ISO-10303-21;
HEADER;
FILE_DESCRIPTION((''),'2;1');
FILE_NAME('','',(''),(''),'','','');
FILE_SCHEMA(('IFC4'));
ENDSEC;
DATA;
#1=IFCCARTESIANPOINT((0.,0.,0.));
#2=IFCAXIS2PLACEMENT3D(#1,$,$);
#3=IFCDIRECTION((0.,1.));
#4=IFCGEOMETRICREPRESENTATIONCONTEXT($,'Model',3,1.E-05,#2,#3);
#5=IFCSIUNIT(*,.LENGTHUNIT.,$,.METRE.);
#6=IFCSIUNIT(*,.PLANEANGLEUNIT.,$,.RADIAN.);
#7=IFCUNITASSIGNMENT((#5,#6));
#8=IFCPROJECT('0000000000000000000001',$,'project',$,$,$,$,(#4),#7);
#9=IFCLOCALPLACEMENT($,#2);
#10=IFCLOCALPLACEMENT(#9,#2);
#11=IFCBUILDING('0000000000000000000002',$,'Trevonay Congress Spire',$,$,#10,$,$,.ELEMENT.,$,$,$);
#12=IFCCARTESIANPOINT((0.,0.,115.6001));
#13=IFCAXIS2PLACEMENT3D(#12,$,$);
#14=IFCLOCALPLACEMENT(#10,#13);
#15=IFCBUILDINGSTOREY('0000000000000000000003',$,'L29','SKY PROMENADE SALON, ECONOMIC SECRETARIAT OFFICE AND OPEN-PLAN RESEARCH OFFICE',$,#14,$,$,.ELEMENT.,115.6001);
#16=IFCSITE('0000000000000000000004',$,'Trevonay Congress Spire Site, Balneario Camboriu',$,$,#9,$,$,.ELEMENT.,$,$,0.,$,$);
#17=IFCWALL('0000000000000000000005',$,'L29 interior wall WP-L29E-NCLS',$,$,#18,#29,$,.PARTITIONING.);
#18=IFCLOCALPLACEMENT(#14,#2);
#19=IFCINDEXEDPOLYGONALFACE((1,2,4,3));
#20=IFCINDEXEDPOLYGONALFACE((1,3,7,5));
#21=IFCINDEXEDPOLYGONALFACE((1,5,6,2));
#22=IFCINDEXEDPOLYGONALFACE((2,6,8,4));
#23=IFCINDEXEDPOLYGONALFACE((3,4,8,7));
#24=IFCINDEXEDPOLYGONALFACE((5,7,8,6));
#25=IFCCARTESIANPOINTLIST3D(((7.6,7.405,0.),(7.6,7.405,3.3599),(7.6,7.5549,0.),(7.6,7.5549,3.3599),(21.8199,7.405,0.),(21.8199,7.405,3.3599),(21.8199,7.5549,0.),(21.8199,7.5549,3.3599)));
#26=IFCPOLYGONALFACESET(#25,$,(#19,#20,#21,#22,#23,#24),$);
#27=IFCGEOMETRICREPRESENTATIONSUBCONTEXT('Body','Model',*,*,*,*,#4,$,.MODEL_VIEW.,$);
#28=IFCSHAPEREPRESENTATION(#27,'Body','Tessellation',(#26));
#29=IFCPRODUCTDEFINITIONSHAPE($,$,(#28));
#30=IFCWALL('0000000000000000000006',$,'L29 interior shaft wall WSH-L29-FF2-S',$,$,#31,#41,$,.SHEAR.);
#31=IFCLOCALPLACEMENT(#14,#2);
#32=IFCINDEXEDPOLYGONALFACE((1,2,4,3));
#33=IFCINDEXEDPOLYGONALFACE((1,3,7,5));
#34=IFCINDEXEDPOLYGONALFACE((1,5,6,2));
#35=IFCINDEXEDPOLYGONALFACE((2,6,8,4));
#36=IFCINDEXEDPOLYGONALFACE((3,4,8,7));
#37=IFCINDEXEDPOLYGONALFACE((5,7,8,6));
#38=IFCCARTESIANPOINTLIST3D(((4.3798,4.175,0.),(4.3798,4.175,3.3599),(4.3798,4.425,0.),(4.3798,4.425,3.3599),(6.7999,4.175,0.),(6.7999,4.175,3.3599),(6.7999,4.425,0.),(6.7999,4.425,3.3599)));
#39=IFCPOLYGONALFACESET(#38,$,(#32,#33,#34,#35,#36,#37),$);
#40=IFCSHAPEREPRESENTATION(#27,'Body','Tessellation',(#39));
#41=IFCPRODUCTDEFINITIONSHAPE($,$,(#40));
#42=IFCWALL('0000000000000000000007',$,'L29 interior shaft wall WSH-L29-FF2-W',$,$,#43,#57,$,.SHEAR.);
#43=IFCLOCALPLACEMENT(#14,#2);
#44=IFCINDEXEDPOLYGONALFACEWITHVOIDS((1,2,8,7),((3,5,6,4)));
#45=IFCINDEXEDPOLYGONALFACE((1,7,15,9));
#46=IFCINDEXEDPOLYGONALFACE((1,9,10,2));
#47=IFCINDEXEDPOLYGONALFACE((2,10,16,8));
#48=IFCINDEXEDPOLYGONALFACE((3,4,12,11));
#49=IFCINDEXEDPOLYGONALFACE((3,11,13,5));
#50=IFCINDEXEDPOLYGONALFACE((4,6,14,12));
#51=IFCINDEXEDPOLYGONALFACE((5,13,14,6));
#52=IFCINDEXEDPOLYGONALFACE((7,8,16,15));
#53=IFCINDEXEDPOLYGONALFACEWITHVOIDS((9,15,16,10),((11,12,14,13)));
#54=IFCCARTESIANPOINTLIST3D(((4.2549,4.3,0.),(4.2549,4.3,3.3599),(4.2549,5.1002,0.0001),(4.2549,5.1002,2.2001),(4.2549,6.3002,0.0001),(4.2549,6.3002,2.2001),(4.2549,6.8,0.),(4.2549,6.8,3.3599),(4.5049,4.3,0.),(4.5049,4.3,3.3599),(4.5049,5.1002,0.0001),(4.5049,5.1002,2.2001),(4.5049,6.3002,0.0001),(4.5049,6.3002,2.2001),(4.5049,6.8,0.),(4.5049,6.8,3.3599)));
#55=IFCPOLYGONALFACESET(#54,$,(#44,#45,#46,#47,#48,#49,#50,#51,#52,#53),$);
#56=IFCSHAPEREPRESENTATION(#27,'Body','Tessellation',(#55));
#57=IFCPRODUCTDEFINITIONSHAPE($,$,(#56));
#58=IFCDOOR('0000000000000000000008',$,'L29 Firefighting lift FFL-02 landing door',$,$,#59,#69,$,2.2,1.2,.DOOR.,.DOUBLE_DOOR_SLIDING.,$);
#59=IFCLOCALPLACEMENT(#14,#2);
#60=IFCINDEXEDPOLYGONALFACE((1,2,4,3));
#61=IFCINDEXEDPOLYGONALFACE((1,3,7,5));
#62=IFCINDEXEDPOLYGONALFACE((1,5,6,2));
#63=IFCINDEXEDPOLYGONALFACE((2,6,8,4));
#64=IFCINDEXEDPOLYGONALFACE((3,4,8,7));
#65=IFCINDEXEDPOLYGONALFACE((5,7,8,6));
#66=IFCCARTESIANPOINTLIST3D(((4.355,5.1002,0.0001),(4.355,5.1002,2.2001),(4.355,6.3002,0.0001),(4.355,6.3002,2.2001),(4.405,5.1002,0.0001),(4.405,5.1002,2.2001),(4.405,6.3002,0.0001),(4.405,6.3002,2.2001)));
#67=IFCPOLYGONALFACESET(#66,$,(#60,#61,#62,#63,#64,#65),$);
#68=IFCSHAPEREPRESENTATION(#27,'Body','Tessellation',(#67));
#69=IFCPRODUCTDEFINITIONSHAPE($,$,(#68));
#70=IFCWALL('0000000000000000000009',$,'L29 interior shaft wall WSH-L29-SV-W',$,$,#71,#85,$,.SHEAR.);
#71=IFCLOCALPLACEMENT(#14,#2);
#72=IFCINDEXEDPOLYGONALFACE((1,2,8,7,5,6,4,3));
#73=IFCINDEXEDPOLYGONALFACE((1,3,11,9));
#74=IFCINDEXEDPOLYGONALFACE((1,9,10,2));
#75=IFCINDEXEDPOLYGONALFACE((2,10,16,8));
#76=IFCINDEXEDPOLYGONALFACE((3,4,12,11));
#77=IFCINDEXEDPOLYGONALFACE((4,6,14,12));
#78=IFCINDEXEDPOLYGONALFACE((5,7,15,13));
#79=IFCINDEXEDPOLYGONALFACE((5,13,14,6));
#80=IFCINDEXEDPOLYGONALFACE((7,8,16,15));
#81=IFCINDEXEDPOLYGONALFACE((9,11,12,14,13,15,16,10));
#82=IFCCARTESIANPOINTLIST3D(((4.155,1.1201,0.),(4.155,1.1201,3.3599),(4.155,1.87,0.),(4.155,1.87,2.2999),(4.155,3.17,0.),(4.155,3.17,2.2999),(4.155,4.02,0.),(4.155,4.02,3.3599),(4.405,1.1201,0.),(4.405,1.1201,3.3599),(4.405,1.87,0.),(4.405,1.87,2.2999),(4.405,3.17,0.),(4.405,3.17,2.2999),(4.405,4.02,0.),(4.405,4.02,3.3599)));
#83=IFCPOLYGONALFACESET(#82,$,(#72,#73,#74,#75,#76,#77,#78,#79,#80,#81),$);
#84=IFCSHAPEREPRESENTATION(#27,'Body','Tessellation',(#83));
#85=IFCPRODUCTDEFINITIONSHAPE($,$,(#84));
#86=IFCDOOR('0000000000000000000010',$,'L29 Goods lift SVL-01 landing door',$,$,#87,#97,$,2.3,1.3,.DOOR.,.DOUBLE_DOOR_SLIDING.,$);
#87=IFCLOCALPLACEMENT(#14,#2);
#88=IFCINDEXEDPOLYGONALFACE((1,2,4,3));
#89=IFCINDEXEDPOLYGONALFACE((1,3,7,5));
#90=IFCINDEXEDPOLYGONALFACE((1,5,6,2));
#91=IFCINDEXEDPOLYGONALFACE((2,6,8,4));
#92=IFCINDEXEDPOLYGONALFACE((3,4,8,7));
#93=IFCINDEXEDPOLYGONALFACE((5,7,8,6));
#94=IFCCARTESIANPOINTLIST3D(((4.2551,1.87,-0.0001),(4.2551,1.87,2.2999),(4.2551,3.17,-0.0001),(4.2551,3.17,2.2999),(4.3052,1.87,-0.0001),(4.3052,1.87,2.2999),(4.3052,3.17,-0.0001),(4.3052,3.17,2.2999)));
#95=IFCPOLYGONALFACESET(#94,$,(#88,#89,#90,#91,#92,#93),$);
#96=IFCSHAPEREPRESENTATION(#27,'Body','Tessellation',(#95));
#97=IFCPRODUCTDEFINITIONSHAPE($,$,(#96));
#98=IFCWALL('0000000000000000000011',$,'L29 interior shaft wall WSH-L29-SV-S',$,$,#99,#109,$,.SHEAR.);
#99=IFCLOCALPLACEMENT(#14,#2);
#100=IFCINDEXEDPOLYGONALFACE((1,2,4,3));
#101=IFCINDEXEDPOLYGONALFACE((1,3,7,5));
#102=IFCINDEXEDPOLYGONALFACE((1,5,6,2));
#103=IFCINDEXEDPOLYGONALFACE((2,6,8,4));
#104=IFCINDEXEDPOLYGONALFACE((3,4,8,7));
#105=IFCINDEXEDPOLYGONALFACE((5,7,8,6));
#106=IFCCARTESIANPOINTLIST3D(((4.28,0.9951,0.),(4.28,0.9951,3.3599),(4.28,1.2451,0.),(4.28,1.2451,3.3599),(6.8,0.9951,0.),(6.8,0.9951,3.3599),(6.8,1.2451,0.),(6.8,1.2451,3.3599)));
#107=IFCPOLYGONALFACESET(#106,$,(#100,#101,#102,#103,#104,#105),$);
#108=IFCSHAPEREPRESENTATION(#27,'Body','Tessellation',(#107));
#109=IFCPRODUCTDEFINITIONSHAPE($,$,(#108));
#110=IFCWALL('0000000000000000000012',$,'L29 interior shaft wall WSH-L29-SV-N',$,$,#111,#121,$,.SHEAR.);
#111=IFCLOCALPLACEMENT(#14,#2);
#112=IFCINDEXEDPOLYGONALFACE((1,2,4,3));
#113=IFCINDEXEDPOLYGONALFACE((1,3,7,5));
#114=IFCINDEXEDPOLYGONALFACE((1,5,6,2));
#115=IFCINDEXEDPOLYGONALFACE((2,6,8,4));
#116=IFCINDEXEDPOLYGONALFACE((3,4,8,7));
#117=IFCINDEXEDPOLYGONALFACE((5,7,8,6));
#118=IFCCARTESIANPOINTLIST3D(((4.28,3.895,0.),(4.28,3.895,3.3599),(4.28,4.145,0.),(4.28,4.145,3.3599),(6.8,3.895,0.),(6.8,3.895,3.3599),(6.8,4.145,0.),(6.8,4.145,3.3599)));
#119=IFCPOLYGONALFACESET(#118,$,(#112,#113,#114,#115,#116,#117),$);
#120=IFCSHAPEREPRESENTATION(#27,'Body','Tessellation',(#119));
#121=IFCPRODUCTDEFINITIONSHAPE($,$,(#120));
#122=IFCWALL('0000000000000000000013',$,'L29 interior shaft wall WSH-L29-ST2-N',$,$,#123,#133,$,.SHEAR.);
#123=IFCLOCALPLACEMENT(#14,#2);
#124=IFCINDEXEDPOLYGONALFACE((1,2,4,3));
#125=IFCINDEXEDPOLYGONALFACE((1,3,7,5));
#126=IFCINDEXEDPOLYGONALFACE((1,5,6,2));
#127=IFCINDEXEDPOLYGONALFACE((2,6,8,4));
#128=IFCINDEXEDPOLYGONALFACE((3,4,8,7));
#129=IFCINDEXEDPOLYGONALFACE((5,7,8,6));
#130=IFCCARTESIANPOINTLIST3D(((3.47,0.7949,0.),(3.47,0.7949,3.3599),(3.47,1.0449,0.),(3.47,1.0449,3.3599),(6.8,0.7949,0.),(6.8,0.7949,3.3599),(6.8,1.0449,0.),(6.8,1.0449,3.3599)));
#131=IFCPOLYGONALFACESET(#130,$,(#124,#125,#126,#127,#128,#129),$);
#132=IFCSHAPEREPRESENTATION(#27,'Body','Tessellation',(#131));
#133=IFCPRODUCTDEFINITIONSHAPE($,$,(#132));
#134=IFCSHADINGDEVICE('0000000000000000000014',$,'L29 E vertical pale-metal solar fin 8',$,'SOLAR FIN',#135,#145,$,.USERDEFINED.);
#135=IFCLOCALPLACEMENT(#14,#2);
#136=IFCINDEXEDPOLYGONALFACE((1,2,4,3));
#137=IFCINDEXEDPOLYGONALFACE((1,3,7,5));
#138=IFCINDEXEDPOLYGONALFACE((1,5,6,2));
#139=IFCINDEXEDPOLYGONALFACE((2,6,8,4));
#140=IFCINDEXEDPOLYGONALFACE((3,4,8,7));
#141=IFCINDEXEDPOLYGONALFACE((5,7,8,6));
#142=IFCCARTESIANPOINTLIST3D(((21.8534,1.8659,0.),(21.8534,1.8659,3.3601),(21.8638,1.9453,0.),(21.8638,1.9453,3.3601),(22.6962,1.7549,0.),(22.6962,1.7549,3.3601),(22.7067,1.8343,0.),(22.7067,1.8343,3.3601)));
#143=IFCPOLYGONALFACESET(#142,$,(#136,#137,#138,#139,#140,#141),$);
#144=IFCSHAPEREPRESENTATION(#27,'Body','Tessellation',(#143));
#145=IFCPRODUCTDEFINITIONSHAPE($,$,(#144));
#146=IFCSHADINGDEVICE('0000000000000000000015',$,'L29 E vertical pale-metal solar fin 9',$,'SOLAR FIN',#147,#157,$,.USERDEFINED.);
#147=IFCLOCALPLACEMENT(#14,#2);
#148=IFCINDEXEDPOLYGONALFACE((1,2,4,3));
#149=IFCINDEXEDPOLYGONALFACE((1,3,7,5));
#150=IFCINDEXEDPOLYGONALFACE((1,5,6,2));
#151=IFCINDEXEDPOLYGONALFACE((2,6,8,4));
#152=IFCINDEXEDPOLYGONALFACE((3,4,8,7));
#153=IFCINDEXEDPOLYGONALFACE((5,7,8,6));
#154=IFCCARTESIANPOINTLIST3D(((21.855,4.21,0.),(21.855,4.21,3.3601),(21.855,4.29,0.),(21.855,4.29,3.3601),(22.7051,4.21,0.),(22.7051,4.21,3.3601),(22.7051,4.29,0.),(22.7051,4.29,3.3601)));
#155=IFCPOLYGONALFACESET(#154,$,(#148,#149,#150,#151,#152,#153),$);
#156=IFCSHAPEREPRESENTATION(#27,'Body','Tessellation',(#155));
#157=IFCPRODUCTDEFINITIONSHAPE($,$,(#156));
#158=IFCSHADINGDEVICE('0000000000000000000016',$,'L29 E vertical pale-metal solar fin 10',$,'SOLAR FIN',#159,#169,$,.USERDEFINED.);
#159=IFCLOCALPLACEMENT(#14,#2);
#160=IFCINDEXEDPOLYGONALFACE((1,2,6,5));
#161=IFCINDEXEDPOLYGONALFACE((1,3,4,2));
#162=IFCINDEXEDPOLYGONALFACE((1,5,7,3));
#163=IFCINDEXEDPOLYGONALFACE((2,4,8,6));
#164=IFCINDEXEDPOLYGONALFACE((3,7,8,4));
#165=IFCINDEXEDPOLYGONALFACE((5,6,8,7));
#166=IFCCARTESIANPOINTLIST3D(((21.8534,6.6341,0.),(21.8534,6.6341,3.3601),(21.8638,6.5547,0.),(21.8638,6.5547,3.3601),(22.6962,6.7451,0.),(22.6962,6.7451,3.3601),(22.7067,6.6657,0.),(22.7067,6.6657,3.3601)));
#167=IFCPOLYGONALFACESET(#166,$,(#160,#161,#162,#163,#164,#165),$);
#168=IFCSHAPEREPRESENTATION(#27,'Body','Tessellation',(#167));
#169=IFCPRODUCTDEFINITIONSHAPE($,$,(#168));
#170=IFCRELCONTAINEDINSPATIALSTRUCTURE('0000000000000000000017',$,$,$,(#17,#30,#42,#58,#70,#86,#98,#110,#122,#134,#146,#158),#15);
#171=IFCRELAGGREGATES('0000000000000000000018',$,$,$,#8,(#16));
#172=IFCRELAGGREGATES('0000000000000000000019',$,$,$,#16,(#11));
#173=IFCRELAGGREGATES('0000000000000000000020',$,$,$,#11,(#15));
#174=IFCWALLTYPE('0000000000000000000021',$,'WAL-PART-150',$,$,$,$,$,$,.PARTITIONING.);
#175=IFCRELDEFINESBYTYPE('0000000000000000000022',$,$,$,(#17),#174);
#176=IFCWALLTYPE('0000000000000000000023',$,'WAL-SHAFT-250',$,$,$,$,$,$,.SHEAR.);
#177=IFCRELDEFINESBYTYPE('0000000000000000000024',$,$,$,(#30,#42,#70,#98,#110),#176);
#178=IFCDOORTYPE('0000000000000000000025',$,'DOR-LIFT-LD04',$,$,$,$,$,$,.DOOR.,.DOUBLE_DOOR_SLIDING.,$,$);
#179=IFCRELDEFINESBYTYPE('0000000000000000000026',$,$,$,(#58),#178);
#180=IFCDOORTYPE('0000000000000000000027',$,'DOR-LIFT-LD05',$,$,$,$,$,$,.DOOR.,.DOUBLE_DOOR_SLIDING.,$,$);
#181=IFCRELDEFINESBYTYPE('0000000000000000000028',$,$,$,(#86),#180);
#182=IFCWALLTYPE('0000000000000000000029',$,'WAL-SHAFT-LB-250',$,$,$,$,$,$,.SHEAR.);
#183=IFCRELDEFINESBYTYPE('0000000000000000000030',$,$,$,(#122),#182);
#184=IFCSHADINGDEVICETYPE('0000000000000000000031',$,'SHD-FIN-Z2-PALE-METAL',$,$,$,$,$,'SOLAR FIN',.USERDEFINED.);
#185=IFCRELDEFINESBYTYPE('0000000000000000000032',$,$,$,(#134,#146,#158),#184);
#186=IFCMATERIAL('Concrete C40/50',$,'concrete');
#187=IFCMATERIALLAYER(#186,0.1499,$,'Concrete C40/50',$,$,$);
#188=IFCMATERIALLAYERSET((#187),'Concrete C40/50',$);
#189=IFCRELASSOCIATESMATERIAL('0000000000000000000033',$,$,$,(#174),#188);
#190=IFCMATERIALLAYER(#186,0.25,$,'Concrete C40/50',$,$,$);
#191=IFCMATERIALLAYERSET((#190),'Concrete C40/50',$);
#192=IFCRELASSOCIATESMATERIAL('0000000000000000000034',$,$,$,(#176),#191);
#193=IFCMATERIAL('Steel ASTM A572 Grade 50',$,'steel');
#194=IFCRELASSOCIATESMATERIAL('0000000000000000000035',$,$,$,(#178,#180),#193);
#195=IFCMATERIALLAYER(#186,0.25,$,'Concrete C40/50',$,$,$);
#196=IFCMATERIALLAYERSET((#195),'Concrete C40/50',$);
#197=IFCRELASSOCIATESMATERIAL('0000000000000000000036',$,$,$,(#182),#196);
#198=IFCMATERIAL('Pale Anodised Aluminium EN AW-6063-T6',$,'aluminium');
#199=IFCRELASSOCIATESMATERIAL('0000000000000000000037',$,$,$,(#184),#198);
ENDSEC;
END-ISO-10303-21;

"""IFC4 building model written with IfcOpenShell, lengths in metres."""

from ifc_helpers import new_model, si_unit, direction, frame, frame_2d, origin, origin_2d, place, context, subcontext, project, spatial, rectangle, extrude, material, layer, layer_set, type_object, element, fill, save


model = new_model("IFC4")

# Units and contexts
model_context = context("Model", 3, precision=1e-05, world=origin(), true_north=direction((0.0, 1.0)))
body_context = subcontext(model_context, "Body", "Model", "MODEL_VIEW")
ifc_project = project(units=[si_unit("LENGTHUNIT", "METRE"), si_unit("PLANEANGLEUNIT", "RADIAN")], contexts=[model_context])

# Site, building, storey
site_placement = place(None, origin())
site = spatial("IfcSite", under=ifc_project, at=site_placement, Name="Trevonay Congress Spire Site, Balneario Camboriu", CompositionType="ELEMENT", RefElevation=0.0)
building_placement = place(site_placement, origin())
building = spatial("IfcBuilding", under=site, at=building_placement, Name="Trevonay Congress Spire", CompositionType="ELEMENT")
storey_placement = place(building_placement, frame((0.0, 0.0, 115.6001)))
storey = spatial("IfcBuildingStorey", under=building, at=storey_placement, Name="L29", Description="SKY PROMENADE SALON, ECONOMIC SECRETARIAT OFFICE AND OPEN-PLAN RESEARCH OFFICE", CompositionType="ELEMENT", Elevation=115.6001)

# Shared definitions
ifc_material_1 = material(Name="Steel ASTM A572 Grade 50", Category="steel")

# Shared definitions
ifc_material_2 = material(Name="Pale Anodised Aluminium EN AW-6063-T6", Category="aluminium")

# Walls
ifc_material_3 = material(Name="Concrete C40/50", Category="concrete")
ifc_layer_1 = layer(ifc_material_3, 0.1499, Name="Concrete C40/50")
ifc_layer_set_1 = layer_set([ifc_layer_1], Name="Concrete C40/50")
wall_type_1 = type_object("IfcWallType", Name="WAL-PART-150", PredefinedType="PARTITIONING", material=ifc_layer_set_1)
wall_1_placement = place(storey_placement, frame((7.6001, 7.48, 0.0), z_axis=(0.0, 0.0, 1.0), x_axis=(1.0, 0.0, 0.0)))
element("IfcWall", 1, at=wall_1_placement, inside=storey, type_object=wall_type_1, Name="L29 interior wall WP-L29E-NCLS", PredefinedType="PARTITIONING", context=body_context, shape_type="SweptSolid", body=[
    extrude(rectangle(XDim=14.22, YDim=0.1499, at=frame_2d((7.1099, 0.0))), origin(), (0.0, 0.0, 1.0), 3.3599),
])
ifc_layer_2 = layer(ifc_material_3, 0.25, Name="Concrete C40/50")
ifc_layer_set_2 = layer_set([ifc_layer_2], Name="Concrete C40/50")
wall_type_2 = type_object("IfcWallType", Name="WAL-SHAFT-250", PredefinedType="SHEAR", material=ifc_layer_set_2)
wall_2_placement = place(storey_placement, frame((4.3799, 4.3, 0.0), z_axis=(0.0, 0.0, 1.0), x_axis=(1.0, 0.0, 0.0)))
element("IfcWall", 2, at=wall_2_placement, inside=storey, type_object=wall_type_2, Name="L29 interior shaft wall WSH-L29-FF2-S", PredefinedType="SHEAR", context=body_context, shape_type="SweptSolid", body=[
    extrude(rectangle(XDim=2.4202, YDim=0.25, at=frame_2d((1.21, 0.0))), origin(), (0.0, 0.0, 1.0), 3.3599),
])

# Walls, openings, doors
wall_3_placement = place(storey_placement, frame((4.3799, 4.3, 0.0), z_axis=(0.0, 0.0, 1.0), x_axis=(0.0, 1.0, 0.0)))
wall_3 = element("IfcWall", 3, at=wall_3_placement, inside=storey, type_object=wall_type_2, Name="L29 interior shaft wall WSH-L29-FF2-W", PredefinedType="SHEAR", context=body_context, shape_type="SweptSolid", body=[
    extrude(rectangle(XDim=2.5, YDim=0.25, at=frame_2d((1.25, 0.0))), origin(), (0.0, 0.0, 1.0), 3.3599),
])
opening_1_placement = place(wall_3_placement, frame((0.8, 0.0, 0.0)))
opening_1 = element("IfcOpeningElement", 4, at=opening_1_placement, cuts=wall_3, PredefinedType="OPENING", context=body_context, shape_type="SweptSolid", body=[
    extrude(rectangle(XDim=1.2, YDim=2.2, at=frame_2d((0.6001, 1.1001))), frame((0.0, 0.135, 0.0), z_axis=(0.0, -1.0, 0.0), x_axis=(1.0, 0.0, 0.0)), (0.0, 0.0, 1.0), 0.27),
])
door_type_1 = type_object("IfcDoorType", Name="DOR-LIFT-LD04", OperationType="DOUBLE_DOOR_SLIDING", PredefinedType="DOOR", material=ifc_material_1)
door_1_placement = place(opening_1_placement, origin())
door_1 = element("IfcDoor", 5, at=door_1_placement, inside=storey, type_object=door_type_1, Name="L29 Firefighting lift FFL-02 landing door", OperationType="DOUBLE_DOOR_SLIDING", OverallHeight=2.2, OverallWidth=1.2, PredefinedType="DOOR", context=body_context, shape_type="SweptSolid", body=[
    extrude(rectangle(XDim=1.2, YDim=2.2, at=frame_2d((0.6001, 1.1001))), frame((0.0, 0.0249, 0.0), z_axis=(0.0, -1.0, 0.0), x_axis=(1.0, 0.0, 0.0)), (0.0, 0.0, 1.0), 0.05),
])
fill(opening_1, door_1)
wall_4_placement = place(storey_placement, frame((4.28, 1.1201, 0.0), z_axis=(0.0, 0.0, 1.0), x_axis=(0.0, 1.0, 0.0)))
wall_4 = element("IfcWall", 6, at=wall_4_placement, inside=storey, type_object=wall_type_2, Name="L29 interior shaft wall WSH-L29-SV-W", PredefinedType="SHEAR", context=body_context, shape_type="SweptSolid", body=[
    extrude(rectangle(XDim=2.8999, YDim=0.25, at=frame_2d((1.45, 0.0))), origin(), (0.0, 0.0, 1.0), 3.3599),
])
opening_2_placement = place(wall_4_placement, frame((0.75, 0.0, 0.0)))
opening_2 = element("IfcOpeningElement", 7, at=opening_2_placement, cuts=wall_4, PredefinedType="OPENING", context=body_context, shape_type="SweptSolid", body=[
    extrude(rectangle(XDim=1.3, YDim=2.3, at=frame_2d((0.6499, 1.1499))), frame((0.0, 0.135, 0.0), z_axis=(0.0, -1.0, 0.0), x_axis=(1.0, 0.0, 0.0)), (0.0, 0.0, 1.0), 0.27),
])
door_type_2 = type_object("IfcDoorType", Name="DOR-LIFT-LD05", OperationType="DOUBLE_DOOR_SLIDING", PredefinedType="DOOR", material=ifc_material_1)
door_2_placement = place(opening_2_placement, origin())
door_2 = element("IfcDoor", 8, at=door_2_placement, inside=storey, type_object=door_type_2, Name="L29 Goods lift SVL-01 landing door", OperationType="DOUBLE_DOOR_SLIDING", OverallHeight=2.3, OverallWidth=1.3, PredefinedType="DOOR", context=body_context, shape_type="SweptSolid", body=[
    extrude(rectangle(XDim=1.3, YDim=2.3, at=frame_2d((0.6499, 1.1499))), frame((0.0, 0.0249, 0.0), z_axis=(0.0, -1.0, 0.0), x_axis=(1.0, 0.0, 0.0)), (0.0, 0.0, 1.0), 0.05),
])
fill(opening_2, door_2)

# Walls
for number, where, z_axis, x_axis, name in (
    (9, (4.28, 1.1201, 0.0), (0.0, 0.0, 1.0), (1.0, 0.0, 0.0), "L29 interior shaft wall WSH-L29-SV-S"),
    (10, (4.28, 4.02, 0.0), (0.0, 0.0, 1.0), (1.0, 0.0, 0.0), "L29 interior shaft wall WSH-L29-SV-N"),
):
    element("IfcWall", number, at=place(storey_placement, frame(where, z_axis=z_axis, x_axis=x_axis)), inside=storey, type_object=wall_type_2, Name=name, PredefinedType="SHEAR", context=body_context, shape_type="SweptSolid", body=[
        extrude(rectangle(XDim=2.52, YDim=0.25, at=frame_2d((1.26, 0.0))), origin(), (0.0, 0.0, 1.0), 3.3599),
    ])
ifc_layer_3 = layer(ifc_material_3, 0.25, Name="Concrete C40/50")
ifc_layer_set_3 = layer_set([ifc_layer_3], Name="Concrete C40/50")
wall_type_3 = type_object("IfcWallType", Name="WAL-SHAFT-LB-250", PredefinedType="SHEAR", material=ifc_layer_set_3)
wall_5_placement = place(storey_placement, frame((3.47, 0.9199, 0.0), z_axis=(0.0, 0.0, 1.0), x_axis=(1.0, 0.0, 0.0)))
element("IfcWall", 11, at=wall_5_placement, inside=storey, type_object=wall_type_3, Name="L29 interior shaft wall WSH-L29-ST2-N", PredefinedType="SHEAR", context=body_context, shape_type="SweptSolid", body=[
    extrude(rectangle(XDim=3.3301, YDim=0.25, at=frame_2d((1.665, 0.0))), origin(), (0.0, 0.0, 1.0), 3.3599),
])

# Shading devices
shading_device_type = type_object("IfcShadingDeviceType", Name="SHD-FIN-Z2-PALE-METAL", ElementType="SOLAR FIN", PredefinedType="USERDEFINED", material=ifc_material_2)
for number, where, z_axis, x_axis, name in (
    (12, (22.28, 1.8501, 0.0), (0.0, 0.0, 1.0), (0.130526, 0.991445, 0.0), "L29 E vertical pale-metal solar fin 8"),
    (13, (22.28, 4.25, 0.0), (0.0, 0.0, 1.0), (0.0, 1.0, 0.0), "L29 E vertical pale-metal solar fin 9"),
    (14, (22.28, 6.6499, 0.0), (0.0, 0.0, 1.0), (-0.130526, 0.991445, 0.0), "L29 E vertical pale-metal solar fin 10"),
):
    element("IfcShadingDevice", number, at=place(storey_placement, frame(where, z_axis=z_axis, x_axis=x_axis)), inside=storey, type_object=shading_device_type, Name=name, ObjectType="SOLAR FIN", PredefinedType="USERDEFINED", context=body_context, shape_type="SweptSolid", body=[
        extrude(rectangle(XDim=0.0801, YDim=0.8501, at=origin_2d()), origin(), (0.0, 0.0, 1.0), 3.3601),
    ])

save(model, "model.ifc")
